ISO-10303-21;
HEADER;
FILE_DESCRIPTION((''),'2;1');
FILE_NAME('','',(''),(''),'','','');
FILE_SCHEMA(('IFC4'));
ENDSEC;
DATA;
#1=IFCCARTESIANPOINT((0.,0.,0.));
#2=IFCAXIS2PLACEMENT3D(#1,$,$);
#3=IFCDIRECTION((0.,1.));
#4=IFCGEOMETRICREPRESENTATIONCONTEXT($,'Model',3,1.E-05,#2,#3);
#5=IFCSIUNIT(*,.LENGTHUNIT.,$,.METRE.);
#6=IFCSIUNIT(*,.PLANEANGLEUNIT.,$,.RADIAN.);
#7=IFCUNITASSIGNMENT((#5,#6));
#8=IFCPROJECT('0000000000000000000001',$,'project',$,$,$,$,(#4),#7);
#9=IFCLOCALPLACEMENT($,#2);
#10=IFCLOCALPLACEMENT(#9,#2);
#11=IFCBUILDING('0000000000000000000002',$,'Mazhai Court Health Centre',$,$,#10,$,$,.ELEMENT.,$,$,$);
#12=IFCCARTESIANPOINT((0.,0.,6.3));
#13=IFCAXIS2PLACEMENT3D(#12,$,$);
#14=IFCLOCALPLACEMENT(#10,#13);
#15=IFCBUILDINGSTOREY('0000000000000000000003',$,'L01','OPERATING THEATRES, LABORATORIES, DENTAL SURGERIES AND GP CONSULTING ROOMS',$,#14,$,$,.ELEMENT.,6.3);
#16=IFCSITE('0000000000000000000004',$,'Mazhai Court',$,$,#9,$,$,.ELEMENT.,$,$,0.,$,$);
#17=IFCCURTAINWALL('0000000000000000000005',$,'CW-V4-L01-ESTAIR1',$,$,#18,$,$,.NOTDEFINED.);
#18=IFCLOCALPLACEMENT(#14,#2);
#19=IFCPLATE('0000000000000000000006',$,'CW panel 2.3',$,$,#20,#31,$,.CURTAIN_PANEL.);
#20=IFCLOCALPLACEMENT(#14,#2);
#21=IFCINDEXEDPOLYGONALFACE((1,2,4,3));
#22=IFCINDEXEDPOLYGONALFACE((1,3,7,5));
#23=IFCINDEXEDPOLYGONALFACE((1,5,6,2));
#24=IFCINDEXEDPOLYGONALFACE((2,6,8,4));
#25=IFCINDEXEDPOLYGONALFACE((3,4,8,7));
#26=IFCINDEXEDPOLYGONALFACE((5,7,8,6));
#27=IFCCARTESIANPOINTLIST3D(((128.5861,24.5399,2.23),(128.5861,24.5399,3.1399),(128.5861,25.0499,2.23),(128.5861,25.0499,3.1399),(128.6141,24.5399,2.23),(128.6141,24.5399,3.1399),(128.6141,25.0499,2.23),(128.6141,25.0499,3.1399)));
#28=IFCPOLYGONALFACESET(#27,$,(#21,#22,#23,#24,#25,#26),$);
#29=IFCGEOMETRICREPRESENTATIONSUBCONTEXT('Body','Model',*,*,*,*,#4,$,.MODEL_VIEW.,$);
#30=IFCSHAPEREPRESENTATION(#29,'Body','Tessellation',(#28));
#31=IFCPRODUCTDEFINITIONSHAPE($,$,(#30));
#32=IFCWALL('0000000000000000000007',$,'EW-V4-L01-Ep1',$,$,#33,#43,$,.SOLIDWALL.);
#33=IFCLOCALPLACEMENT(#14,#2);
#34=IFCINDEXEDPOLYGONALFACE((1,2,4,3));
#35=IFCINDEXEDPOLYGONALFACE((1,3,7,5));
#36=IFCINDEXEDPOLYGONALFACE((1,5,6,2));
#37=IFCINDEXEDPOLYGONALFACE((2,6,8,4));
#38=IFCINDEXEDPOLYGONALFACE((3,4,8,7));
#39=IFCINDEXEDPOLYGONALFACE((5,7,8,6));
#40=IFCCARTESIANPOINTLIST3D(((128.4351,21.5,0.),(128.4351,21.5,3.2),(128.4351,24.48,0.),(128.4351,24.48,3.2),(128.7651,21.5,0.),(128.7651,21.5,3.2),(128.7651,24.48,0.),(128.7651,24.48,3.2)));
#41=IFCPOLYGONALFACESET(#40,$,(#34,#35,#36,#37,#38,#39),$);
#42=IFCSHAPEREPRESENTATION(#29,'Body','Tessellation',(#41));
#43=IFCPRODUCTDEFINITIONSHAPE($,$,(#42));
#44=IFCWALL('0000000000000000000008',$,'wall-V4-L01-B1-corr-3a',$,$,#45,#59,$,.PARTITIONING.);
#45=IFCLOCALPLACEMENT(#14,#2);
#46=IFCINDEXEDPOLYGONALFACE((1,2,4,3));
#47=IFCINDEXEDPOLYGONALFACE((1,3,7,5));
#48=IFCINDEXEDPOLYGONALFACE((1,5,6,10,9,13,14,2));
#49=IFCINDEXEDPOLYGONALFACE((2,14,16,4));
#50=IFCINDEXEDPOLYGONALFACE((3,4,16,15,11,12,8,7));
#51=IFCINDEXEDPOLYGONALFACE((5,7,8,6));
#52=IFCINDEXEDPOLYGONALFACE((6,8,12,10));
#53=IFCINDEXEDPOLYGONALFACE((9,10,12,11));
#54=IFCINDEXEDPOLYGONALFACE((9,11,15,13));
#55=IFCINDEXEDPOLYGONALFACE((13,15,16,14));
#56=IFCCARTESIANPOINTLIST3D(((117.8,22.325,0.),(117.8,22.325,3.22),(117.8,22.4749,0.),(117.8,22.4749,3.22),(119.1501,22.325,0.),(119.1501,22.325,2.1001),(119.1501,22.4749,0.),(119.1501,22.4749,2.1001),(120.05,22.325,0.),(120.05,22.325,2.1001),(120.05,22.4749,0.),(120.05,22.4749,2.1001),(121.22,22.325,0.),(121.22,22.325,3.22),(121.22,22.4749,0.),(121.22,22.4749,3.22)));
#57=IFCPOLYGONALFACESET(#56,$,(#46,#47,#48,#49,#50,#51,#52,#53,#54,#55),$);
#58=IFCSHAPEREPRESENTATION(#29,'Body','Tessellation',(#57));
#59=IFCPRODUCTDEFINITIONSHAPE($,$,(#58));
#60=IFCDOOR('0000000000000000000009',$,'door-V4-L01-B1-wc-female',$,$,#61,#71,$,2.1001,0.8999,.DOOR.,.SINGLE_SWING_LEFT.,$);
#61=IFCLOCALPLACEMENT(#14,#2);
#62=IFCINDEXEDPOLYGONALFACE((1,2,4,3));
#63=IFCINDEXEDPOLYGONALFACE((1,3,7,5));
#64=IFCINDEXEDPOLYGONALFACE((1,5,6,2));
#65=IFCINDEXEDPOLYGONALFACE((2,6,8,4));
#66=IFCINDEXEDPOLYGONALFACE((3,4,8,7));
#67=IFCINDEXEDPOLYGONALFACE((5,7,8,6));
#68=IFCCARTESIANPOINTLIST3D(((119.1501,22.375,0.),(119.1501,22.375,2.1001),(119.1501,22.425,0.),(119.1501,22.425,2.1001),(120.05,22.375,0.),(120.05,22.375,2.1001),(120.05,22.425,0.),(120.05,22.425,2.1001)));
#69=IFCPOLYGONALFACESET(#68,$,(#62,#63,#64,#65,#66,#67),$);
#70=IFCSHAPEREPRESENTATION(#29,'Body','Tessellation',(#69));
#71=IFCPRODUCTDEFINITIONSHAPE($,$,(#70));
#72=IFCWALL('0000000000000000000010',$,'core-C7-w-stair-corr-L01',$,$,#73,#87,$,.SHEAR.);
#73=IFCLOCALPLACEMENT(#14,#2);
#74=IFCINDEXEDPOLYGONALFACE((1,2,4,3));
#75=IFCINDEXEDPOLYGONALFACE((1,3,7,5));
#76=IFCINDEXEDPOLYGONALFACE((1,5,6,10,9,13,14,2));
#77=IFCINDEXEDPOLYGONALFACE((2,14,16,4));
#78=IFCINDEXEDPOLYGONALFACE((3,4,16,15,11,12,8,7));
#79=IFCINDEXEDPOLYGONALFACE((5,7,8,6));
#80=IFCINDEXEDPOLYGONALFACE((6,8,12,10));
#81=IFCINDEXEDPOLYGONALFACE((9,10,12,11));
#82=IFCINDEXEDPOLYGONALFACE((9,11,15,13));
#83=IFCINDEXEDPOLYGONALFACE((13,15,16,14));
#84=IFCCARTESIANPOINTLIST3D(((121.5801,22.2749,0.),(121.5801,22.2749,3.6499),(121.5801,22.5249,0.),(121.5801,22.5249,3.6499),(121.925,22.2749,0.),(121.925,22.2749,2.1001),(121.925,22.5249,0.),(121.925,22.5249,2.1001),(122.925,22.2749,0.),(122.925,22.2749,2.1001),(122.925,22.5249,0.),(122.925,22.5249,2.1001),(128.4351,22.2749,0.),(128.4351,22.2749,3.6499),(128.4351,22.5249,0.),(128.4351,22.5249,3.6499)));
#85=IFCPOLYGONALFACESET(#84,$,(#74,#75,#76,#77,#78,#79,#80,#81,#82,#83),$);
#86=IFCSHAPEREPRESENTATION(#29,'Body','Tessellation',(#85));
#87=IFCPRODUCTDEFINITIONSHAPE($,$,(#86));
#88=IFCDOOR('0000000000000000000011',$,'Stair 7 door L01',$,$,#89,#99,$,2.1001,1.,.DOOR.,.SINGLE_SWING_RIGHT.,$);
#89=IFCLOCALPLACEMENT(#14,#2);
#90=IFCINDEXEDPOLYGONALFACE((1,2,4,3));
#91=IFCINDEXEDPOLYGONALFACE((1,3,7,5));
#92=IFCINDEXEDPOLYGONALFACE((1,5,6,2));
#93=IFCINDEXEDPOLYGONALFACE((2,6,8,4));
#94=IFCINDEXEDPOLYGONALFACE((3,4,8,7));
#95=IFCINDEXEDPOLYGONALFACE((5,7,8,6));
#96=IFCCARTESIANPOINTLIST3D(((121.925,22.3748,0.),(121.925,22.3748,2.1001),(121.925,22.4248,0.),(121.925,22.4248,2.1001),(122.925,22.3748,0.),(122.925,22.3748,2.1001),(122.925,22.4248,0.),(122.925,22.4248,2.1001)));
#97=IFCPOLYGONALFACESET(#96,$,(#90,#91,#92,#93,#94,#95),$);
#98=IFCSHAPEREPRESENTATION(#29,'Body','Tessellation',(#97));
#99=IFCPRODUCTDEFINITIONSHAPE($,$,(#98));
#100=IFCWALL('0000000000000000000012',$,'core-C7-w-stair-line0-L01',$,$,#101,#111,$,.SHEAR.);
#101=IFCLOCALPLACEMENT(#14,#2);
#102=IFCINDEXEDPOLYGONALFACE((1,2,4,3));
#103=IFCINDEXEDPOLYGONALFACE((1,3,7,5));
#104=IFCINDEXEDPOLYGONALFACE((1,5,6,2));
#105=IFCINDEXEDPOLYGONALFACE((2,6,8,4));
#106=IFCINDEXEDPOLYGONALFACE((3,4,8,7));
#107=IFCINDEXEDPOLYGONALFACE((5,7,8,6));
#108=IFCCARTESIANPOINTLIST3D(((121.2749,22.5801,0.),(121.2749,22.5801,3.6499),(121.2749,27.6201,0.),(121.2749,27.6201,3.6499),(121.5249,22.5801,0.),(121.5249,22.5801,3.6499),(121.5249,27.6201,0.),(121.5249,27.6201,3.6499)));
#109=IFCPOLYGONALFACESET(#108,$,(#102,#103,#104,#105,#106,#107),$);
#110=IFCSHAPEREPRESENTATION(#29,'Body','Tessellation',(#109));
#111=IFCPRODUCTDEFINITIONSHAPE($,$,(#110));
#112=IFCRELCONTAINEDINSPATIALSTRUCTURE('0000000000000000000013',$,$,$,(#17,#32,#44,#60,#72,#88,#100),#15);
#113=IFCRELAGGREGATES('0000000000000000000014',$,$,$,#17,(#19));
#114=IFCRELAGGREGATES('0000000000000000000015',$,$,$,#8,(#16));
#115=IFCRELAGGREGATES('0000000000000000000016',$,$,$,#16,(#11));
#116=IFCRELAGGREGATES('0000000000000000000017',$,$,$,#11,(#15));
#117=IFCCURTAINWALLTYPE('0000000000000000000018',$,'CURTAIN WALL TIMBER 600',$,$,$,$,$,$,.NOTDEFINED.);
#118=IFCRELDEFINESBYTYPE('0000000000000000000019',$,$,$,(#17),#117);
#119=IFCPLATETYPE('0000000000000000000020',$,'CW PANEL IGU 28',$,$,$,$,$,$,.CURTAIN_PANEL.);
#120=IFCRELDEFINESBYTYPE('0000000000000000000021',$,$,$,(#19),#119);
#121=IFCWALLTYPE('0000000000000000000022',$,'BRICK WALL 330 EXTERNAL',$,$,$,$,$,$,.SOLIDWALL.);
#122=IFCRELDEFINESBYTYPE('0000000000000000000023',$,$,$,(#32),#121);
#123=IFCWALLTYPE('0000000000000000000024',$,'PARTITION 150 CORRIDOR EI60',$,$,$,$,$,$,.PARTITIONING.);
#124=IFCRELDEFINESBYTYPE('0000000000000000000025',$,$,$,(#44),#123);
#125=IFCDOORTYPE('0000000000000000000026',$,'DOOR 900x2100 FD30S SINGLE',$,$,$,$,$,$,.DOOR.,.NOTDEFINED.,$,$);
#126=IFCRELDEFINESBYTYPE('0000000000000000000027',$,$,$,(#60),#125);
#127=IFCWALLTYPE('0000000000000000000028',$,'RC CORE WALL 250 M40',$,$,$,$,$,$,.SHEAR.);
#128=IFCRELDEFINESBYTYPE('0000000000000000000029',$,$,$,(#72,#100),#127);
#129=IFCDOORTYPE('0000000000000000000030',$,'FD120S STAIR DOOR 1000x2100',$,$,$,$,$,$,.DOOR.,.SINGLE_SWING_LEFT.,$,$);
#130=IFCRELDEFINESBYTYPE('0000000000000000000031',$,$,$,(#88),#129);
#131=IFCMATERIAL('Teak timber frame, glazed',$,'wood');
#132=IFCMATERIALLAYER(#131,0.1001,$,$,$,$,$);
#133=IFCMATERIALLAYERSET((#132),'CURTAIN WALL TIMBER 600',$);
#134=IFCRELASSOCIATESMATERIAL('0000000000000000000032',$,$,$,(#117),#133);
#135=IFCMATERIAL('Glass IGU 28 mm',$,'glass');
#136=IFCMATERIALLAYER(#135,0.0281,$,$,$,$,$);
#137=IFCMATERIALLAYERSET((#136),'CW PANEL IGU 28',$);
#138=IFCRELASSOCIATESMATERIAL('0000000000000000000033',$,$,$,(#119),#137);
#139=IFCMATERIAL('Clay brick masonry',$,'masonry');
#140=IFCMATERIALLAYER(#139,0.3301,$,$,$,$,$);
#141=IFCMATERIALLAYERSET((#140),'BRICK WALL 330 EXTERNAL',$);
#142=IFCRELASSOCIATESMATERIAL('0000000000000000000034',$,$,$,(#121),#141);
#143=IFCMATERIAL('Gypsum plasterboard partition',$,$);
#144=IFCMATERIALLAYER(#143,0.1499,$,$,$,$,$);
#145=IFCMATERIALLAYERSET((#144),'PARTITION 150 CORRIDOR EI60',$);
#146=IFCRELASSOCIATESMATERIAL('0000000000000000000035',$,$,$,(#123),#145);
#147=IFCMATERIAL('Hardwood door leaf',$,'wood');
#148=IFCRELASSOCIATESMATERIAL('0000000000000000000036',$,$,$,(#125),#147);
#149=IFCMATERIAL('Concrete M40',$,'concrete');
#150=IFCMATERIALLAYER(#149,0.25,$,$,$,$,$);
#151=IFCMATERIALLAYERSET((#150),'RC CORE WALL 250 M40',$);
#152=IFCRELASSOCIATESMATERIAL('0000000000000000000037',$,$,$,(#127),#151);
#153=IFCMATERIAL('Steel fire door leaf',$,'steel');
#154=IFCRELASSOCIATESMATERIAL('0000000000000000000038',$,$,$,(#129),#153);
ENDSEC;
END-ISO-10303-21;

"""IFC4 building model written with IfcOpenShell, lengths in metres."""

from ifc_helpers import new_model, si_unit, direction, frame, frame_2d, origin, origin_2d, place, context, subcontext, project, spatial, rectangle, extrude, material, layer, layer_set, type_object, element, fill, aggregate, save


model = new_model("IFC4")

# Units and contexts
model_context = context("Model", 3, precision=1e-05, world=origin(), true_north=direction((0.0, 1.0)))
body_context = subcontext(model_context, "Body", "Model", "MODEL_VIEW")
ifc_project = project(units=[si_unit("LENGTHUNIT", "METRE"), si_unit("PLANEANGLEUNIT", "RADIAN")], contexts=[model_context])

# Site, building, storey
site_placement = place(None, origin())
site = spatial("IfcSite", under=ifc_project, at=site_placement, Name="Mazhai Court", CompositionType="ELEMENT", RefElevation=0.0)
building_placement = place(site_placement, origin())
building = spatial("IfcBuilding", under=site, at=building_placement, Name="Mazhai Court Health Centre", CompositionType="ELEMENT")
storey_placement = place(building_placement, frame((0.0, 0.0, 6.3)))
storey = spatial("IfcBuildingStorey", under=building, at=storey_placement, Name="L01", Description="OPERATING THEATRES, LABORATORIES, DENTAL SURGERIES AND GP CONSULTING ROOMS", CompositionType="ELEMENT", Elevation=6.3)

# Curtain wall
ifc_material_1 = material(Name="Teak timber frame, glazed", Category="wood")
ifc_layer_1 = layer(ifc_material_1, 0.1001)
ifc_layer_set_1 = layer_set([ifc_layer_1], Name="CURTAIN WALL TIMBER 600")
curtain_wall_type_1 = type_object("IfcCurtainWallType", Name="CURTAIN WALL TIMBER 600", PredefinedType="NOTDEFINED", material=ifc_layer_set_1)
curtain_wall_1_placement = place(storey_placement, origin())
curtain_wall_1 = element("IfcCurtainWall", 1, at=curtain_wall_1_placement, inside=storey, type_object=curtain_wall_type_1, Name="CW-V4-L01-ESTAIR1", PredefinedType="NOTDEFINED")

# Plate
ifc_material_2 = material(Name="Glass IGU 28 mm", Category="glass")
ifc_layer_2 = layer(ifc_material_2, 0.0281)
ifc_layer_set_2 = layer_set([ifc_layer_2], Name="CW PANEL IGU 28")
plate_type = type_object("IfcPlateType", Name="CW PANEL IGU 28", PredefinedType="CURTAIN_PANEL", material=ifc_layer_set_2)
plate_1_placement = place(storey_placement, frame((128.6001, 24.7949, 2.23), z_axis=(0.0, 0.0, 1.0), x_axis=(0.0, -1.0, 0.0)))
plate_1 = element("IfcPlate", 2, at=plate_1_placement, type_object=plate_type, Name="CW panel 2.3", PredefinedType="CURTAIN_PANEL", context=body_context, shape_type="SweptSolid", body=[
    extrude(rectangle(XDim=0.51, YDim=0.0281, at=origin_2d()), origin(), (0.0, 0.0, 1.0), 0.9099),
])
aggregate(curtain_wall_1, [plate_1])

# Wall
ifc_material_3 = material(Name="Clay brick masonry", Category="masonry")
ifc_layer_3 = layer(ifc_material_3, 0.3301)
ifc_layer_set_3 = layer_set([ifc_layer_3], Name="BRICK WALL 330 EXTERNAL")
wall_type_1 = type_object("IfcWallType", Name="BRICK WALL 330 EXTERNAL", PredefinedType="SOLIDWALL", material=ifc_layer_set_3)
wall_1_placement = place(storey_placement, frame((128.6001, 24.48, 0.0), z_axis=(0.0, 0.0, 1.0), x_axis=(0.0, -1.0, 0.0)))
element("IfcWall", 3, at=wall_1_placement, inside=storey, type_object=wall_type_1, Name="EW-V4-L01-Ep1", PredefinedType="SOLIDWALL", context=body_context, shape_type="SweptSolid", body=[
    extrude(rectangle(XDim=2.98, YDim=0.3301, at=frame_2d((1.49, 0.0))), origin(), (0.0, 0.0, 1.0), 3.2),
])

# Walls, openings, doors
ifc_material_4 = material(Name="Gypsum plasterboard partition")
ifc_layer_4 = layer(ifc_material_4, 0.1499)
ifc_layer_set_4 = layer_set([ifc_layer_4], Name="PARTITION 150 CORRIDOR EI60")
wall_type_2 = type_object("IfcWallType", Name="PARTITION 150 CORRIDOR EI60", PredefinedType="PARTITIONING", material=ifc_layer_set_4)
wall_2_placement = place(storey_placement, frame((121.22, 22.3999, 0.0), z_axis=(0.0, 0.0, 1.0), x_axis=(-1.0, 0.0, 0.0)))
wall_2 = element("IfcWall", 4, at=wall_2_placement, inside=storey, type_object=wall_type_2, Name="wall-V4-L01-B1-corr-3a", PredefinedType="PARTITIONING", context=body_context, shape_type="SweptSolid", body=[
    extrude(rectangle(XDim=3.4199, YDim=0.1499, at=frame_2d((1.71, 0.0))), origin(), (0.0, 0.0, 1.0), 3.22),
])
opening_1_placement = place(wall_2_placement, frame((1.1699, 0.0, 0.0)))
opening_1 = element("IfcOpeningElement", 5, at=opening_1_placement, cuts=wall_2, PredefinedType="OPENING", context=body_context, shape_type="SweptSolid", body=[
    extrude(rectangle(XDim=0.8999, YDim=2.1001, at=frame_2d((0.45, 1.05))), frame((0.0, 0.085, 0.0), z_axis=(0.0, -1.0, 0.0), x_axis=(1.0, 0.0, 0.0)), (0.0, 0.0, 1.0), 0.1699),
])
ifc_material_5 = material(Name="Hardwood door leaf", Category="wood")
door_type_1 = type_object("IfcDoorType", Name="DOOR 900x2100 FD30S SINGLE", OperationType="NOTDEFINED", PredefinedType="DOOR", material=ifc_material_5)
door_1_placement = place(opening_1_placement, origin())
door_1 = element("IfcDoor", 6, at=door_1_placement, inside=storey, type_object=door_type_1, Name="door-V4-L01-B1-wc-female", OperationType="SINGLE_SWING_LEFT", OverallHeight=2.1001, OverallWidth=0.8999, PredefinedType="DOOR", context=body_context, shape_type="SweptSolid", body=[
    extrude(rectangle(XDim=0.8999, YDim=2.1001, at=frame_2d((0.45, 1.05))), frame((0.0, 0.0249, 0.0), z_axis=(0.0, -1.0, 0.0), x_axis=(1.0, 0.0, 0.0)), (0.0, 0.0, 1.0), 0.05),
])
fill(opening_1, door_1)
ifc_material_6 = material(Name="Concrete M40", Category="concrete")
ifc_layer_5 = layer(ifc_material_6, 0.25)
ifc_layer_set_5 = layer_set([ifc_layer_5], Name="RC CORE WALL 250 M40")
wall_type_3 = type_object("IfcWallType", Name="RC CORE WALL 250 M40", PredefinedType="SHEAR", material=ifc_layer_set_5)
wall_3_placement = place(storey_placement, frame((121.5801, 22.3999, 0.0), z_axis=(0.0, 0.0, 1.0), x_axis=(1.0, 0.0, 0.0)))
wall_3 = element("IfcWall", 7, at=wall_3_placement, inside=storey, type_object=wall_type_3, Name="core-C7-w-stair-corr-L01", PredefinedType="SHEAR", context=body_context, shape_type="SweptSolid", body=[
    extrude(rectangle(XDim=6.855, YDim=0.25, at=frame_2d((3.4275, 0.0))), origin(), (0.0, 0.0, 1.0), 3.6499),
])
opening_2_placement = place(wall_3_placement, frame((0.345, 0.0, 0.0)))
opening_2 = element("IfcOpeningElement", 8, at=opening_2_placement, cuts=wall_3, PredefinedType="OPENING", context=body_context, shape_type="SweptSolid", body=[
    extrude(rectangle(XDim=1.0, YDim=2.1001, at=frame_2d((0.5, 1.05))), frame((0.0, 0.135, 0.0), z_axis=(0.0, -1.0, 0.0), x_axis=(1.0, 0.0, 0.0)), (0.0, 0.0, 1.0), 0.27),
])
ifc_material_7 = material(Name="Steel fire door leaf", Category="steel")
door_type_2 = type_object("IfcDoorType", Name="FD120S STAIR DOOR 1000x2100", OperationType="SINGLE_SWING_LEFT", PredefinedType="DOOR", material=ifc_material_7)
door_2_placement = place(opening_2_placement, origin())
door_2 = element("IfcDoor", 9, at=door_2_placement, inside=storey, type_object=door_type_2, Name="Stair 7 door L01", OperationType="SINGLE_SWING_RIGHT", OverallHeight=2.1001, OverallWidth=1.0, PredefinedType="DOOR", context=body_context, shape_type="SweptSolid", body=[
    extrude(rectangle(XDim=1.0, YDim=2.1001, at=frame_2d((0.5, 1.05))), frame((0.0, 0.0249, 0.0), z_axis=(0.0, -1.0, 0.0), x_axis=(1.0, 0.0, 0.0)), (0.0, 0.0, 1.0), 0.05),
])
fill(opening_2, door_2)

# Wall
wall_4_placement = place(storey_placement, frame((121.3999, 22.5801, 0.0), z_axis=(0.0, 0.0, 1.0), x_axis=(0.0, 1.0, 0.0)))
element("IfcWall", 10, at=wall_4_placement, inside=storey, type_object=wall_type_3, Name="core-C7-w-stair-line0-L01", PredefinedType="SHEAR", context=body_context, shape_type="SweptSolid", body=[
    extrude(rectangle(XDim=5.04, YDim=0.25, at=frame_2d((2.52, 0.0))), origin(), (0.0, 0.0, 1.0), 3.6499),
])

save(model, "model.ifc")
